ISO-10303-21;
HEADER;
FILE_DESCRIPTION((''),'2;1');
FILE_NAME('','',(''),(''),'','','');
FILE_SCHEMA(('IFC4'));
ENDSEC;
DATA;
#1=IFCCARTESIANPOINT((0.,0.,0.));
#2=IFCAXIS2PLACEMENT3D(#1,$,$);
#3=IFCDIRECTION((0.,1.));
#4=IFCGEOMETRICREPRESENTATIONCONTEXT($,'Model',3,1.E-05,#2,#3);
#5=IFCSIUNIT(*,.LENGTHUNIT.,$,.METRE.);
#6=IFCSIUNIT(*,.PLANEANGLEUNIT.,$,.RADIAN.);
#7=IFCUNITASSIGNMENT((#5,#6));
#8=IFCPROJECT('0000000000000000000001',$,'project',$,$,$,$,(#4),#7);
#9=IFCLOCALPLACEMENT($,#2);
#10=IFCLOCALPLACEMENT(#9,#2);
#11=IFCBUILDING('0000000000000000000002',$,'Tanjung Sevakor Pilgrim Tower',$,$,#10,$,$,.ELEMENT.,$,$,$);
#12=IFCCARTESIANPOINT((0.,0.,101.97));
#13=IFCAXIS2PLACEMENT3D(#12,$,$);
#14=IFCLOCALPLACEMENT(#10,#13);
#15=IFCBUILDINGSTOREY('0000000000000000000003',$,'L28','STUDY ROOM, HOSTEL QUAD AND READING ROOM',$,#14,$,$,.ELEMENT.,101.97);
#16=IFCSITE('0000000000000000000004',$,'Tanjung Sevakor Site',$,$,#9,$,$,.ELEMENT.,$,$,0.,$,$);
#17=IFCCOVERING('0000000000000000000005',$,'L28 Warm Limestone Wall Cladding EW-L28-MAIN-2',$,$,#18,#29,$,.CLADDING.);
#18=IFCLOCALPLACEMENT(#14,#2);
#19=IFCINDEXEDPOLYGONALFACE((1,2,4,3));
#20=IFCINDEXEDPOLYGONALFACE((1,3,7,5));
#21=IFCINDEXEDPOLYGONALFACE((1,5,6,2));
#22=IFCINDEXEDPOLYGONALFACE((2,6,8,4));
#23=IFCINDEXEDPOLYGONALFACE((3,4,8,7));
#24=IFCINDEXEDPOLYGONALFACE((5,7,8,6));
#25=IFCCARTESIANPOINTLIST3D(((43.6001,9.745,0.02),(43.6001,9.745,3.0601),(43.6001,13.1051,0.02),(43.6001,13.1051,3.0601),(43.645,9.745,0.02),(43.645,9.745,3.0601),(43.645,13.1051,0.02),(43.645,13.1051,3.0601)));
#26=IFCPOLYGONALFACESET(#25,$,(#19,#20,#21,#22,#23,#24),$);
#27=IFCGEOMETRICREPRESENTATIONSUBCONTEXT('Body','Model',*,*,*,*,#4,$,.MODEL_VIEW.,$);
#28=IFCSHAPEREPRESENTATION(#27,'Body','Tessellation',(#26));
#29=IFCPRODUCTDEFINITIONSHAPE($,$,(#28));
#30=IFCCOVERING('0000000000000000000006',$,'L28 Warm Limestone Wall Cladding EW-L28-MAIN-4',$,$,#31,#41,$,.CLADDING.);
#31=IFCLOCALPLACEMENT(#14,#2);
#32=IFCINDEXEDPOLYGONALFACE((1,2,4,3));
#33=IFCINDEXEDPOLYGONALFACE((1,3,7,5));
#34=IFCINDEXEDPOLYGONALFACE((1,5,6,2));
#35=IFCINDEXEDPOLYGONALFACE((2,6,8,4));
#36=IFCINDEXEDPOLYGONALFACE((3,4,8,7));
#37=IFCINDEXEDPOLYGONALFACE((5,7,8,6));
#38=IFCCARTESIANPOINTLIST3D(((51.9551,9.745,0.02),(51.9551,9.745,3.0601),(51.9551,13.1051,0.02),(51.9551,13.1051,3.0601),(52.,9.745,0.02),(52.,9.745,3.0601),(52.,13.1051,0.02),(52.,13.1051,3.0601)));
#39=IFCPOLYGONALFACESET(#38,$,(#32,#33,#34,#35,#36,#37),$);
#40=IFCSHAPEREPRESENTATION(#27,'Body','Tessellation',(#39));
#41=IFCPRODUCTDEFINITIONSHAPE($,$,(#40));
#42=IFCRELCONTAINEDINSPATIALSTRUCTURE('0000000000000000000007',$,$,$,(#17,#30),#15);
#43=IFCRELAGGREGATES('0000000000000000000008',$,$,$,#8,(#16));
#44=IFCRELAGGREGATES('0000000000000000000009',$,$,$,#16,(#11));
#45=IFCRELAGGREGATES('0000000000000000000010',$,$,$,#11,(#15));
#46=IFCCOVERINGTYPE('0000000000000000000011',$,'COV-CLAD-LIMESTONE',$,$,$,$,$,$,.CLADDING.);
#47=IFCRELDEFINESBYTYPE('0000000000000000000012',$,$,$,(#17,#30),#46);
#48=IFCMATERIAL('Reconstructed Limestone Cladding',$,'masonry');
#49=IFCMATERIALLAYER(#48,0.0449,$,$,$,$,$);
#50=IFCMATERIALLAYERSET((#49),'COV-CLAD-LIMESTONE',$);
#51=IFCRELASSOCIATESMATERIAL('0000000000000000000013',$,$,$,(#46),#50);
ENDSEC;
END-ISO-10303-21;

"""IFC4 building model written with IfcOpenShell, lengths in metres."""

from ifc_helpers import new_model, si_unit, direction, frame, origin, origin_2d, place, context, subcontext, project, spatial, rectangle, extrude, material, layer, layer_set, type_object, element, save


model = new_model("IFC4")

# Units and contexts
model_context = context("Model", 3, precision=1e-05, world=origin(), true_north=direction((0.0, 1.0)))
body_context = subcontext(model_context, "Body", "Model", "MODEL_VIEW")
ifc_project = project(units=[si_unit("LENGTHUNIT", "METRE"), si_unit("PLANEANGLEUNIT", "RADIAN")], contexts=[model_context])

# Site, building, storey
site_placement = place(None, origin())
site = spatial("IfcSite", under=ifc_project, at=site_placement, Name="Tanjung Sevakor Site", CompositionType="ELEMENT", RefElevation=0.0)
building_placement = place(site_placement, origin())
building = spatial("IfcBuilding", under=site, at=building_placement, Name="Tanjung Sevakor Pilgrim Tower", CompositionType="ELEMENT")
storey_placement = place(building_placement, frame((0.0, 0.0, 101.97)))
storey = spatial("IfcBuildingStorey", under=building, at=storey_placement, Name="L28", Description="STUDY ROOM, HOSTEL QUAD AND READING ROOM", CompositionType="ELEMENT", Elevation=101.97)

# Coverings
ifc_material_1 = material(Name="Reconstructed Limestone Cladding", Category="masonry")
ifc_layer_1 = layer(ifc_material_1, 0.0449)
ifc_layer_set_1 = layer_set([ifc_layer_1], Name="COV-CLAD-LIMESTONE")
covering_type = type_object("IfcCoveringType", Name="COV-CLAD-LIMESTONE", PredefinedType="CLADDING", material=ifc_layer_set_1)
for number, where, z_axis, x_axis, name in (
    (1, (43.6226, 11.425, 0.02), (0.0, 0.0, 1.0), (0.0, 1.0, 0.0), "L28 Warm Limestone Wall Cladding EW-L28-MAIN-2"),
    (2, (51.9775, 11.425, 0.02), (0.0, 0.0, 1.0), (0.0, -1.0, 0.0), "L28 Warm Limestone Wall Cladding EW-L28-MAIN-4"),
):
    element("IfcCovering", number, at=place(storey_placement, frame(where, z_axis=z_axis, x_axis=x_axis)), inside=storey, type_object=covering_type, Name=name, PredefinedType="CLADDING", context=body_context, shape_type="SweptSolid", body=[
        extrude(rectangle(XDim=3.3601, YDim=0.0449, at=origin_2d()), origin(), (0.0, 0.0, 1.0), 3.04),
    ])

save(model, "model.ifc")
